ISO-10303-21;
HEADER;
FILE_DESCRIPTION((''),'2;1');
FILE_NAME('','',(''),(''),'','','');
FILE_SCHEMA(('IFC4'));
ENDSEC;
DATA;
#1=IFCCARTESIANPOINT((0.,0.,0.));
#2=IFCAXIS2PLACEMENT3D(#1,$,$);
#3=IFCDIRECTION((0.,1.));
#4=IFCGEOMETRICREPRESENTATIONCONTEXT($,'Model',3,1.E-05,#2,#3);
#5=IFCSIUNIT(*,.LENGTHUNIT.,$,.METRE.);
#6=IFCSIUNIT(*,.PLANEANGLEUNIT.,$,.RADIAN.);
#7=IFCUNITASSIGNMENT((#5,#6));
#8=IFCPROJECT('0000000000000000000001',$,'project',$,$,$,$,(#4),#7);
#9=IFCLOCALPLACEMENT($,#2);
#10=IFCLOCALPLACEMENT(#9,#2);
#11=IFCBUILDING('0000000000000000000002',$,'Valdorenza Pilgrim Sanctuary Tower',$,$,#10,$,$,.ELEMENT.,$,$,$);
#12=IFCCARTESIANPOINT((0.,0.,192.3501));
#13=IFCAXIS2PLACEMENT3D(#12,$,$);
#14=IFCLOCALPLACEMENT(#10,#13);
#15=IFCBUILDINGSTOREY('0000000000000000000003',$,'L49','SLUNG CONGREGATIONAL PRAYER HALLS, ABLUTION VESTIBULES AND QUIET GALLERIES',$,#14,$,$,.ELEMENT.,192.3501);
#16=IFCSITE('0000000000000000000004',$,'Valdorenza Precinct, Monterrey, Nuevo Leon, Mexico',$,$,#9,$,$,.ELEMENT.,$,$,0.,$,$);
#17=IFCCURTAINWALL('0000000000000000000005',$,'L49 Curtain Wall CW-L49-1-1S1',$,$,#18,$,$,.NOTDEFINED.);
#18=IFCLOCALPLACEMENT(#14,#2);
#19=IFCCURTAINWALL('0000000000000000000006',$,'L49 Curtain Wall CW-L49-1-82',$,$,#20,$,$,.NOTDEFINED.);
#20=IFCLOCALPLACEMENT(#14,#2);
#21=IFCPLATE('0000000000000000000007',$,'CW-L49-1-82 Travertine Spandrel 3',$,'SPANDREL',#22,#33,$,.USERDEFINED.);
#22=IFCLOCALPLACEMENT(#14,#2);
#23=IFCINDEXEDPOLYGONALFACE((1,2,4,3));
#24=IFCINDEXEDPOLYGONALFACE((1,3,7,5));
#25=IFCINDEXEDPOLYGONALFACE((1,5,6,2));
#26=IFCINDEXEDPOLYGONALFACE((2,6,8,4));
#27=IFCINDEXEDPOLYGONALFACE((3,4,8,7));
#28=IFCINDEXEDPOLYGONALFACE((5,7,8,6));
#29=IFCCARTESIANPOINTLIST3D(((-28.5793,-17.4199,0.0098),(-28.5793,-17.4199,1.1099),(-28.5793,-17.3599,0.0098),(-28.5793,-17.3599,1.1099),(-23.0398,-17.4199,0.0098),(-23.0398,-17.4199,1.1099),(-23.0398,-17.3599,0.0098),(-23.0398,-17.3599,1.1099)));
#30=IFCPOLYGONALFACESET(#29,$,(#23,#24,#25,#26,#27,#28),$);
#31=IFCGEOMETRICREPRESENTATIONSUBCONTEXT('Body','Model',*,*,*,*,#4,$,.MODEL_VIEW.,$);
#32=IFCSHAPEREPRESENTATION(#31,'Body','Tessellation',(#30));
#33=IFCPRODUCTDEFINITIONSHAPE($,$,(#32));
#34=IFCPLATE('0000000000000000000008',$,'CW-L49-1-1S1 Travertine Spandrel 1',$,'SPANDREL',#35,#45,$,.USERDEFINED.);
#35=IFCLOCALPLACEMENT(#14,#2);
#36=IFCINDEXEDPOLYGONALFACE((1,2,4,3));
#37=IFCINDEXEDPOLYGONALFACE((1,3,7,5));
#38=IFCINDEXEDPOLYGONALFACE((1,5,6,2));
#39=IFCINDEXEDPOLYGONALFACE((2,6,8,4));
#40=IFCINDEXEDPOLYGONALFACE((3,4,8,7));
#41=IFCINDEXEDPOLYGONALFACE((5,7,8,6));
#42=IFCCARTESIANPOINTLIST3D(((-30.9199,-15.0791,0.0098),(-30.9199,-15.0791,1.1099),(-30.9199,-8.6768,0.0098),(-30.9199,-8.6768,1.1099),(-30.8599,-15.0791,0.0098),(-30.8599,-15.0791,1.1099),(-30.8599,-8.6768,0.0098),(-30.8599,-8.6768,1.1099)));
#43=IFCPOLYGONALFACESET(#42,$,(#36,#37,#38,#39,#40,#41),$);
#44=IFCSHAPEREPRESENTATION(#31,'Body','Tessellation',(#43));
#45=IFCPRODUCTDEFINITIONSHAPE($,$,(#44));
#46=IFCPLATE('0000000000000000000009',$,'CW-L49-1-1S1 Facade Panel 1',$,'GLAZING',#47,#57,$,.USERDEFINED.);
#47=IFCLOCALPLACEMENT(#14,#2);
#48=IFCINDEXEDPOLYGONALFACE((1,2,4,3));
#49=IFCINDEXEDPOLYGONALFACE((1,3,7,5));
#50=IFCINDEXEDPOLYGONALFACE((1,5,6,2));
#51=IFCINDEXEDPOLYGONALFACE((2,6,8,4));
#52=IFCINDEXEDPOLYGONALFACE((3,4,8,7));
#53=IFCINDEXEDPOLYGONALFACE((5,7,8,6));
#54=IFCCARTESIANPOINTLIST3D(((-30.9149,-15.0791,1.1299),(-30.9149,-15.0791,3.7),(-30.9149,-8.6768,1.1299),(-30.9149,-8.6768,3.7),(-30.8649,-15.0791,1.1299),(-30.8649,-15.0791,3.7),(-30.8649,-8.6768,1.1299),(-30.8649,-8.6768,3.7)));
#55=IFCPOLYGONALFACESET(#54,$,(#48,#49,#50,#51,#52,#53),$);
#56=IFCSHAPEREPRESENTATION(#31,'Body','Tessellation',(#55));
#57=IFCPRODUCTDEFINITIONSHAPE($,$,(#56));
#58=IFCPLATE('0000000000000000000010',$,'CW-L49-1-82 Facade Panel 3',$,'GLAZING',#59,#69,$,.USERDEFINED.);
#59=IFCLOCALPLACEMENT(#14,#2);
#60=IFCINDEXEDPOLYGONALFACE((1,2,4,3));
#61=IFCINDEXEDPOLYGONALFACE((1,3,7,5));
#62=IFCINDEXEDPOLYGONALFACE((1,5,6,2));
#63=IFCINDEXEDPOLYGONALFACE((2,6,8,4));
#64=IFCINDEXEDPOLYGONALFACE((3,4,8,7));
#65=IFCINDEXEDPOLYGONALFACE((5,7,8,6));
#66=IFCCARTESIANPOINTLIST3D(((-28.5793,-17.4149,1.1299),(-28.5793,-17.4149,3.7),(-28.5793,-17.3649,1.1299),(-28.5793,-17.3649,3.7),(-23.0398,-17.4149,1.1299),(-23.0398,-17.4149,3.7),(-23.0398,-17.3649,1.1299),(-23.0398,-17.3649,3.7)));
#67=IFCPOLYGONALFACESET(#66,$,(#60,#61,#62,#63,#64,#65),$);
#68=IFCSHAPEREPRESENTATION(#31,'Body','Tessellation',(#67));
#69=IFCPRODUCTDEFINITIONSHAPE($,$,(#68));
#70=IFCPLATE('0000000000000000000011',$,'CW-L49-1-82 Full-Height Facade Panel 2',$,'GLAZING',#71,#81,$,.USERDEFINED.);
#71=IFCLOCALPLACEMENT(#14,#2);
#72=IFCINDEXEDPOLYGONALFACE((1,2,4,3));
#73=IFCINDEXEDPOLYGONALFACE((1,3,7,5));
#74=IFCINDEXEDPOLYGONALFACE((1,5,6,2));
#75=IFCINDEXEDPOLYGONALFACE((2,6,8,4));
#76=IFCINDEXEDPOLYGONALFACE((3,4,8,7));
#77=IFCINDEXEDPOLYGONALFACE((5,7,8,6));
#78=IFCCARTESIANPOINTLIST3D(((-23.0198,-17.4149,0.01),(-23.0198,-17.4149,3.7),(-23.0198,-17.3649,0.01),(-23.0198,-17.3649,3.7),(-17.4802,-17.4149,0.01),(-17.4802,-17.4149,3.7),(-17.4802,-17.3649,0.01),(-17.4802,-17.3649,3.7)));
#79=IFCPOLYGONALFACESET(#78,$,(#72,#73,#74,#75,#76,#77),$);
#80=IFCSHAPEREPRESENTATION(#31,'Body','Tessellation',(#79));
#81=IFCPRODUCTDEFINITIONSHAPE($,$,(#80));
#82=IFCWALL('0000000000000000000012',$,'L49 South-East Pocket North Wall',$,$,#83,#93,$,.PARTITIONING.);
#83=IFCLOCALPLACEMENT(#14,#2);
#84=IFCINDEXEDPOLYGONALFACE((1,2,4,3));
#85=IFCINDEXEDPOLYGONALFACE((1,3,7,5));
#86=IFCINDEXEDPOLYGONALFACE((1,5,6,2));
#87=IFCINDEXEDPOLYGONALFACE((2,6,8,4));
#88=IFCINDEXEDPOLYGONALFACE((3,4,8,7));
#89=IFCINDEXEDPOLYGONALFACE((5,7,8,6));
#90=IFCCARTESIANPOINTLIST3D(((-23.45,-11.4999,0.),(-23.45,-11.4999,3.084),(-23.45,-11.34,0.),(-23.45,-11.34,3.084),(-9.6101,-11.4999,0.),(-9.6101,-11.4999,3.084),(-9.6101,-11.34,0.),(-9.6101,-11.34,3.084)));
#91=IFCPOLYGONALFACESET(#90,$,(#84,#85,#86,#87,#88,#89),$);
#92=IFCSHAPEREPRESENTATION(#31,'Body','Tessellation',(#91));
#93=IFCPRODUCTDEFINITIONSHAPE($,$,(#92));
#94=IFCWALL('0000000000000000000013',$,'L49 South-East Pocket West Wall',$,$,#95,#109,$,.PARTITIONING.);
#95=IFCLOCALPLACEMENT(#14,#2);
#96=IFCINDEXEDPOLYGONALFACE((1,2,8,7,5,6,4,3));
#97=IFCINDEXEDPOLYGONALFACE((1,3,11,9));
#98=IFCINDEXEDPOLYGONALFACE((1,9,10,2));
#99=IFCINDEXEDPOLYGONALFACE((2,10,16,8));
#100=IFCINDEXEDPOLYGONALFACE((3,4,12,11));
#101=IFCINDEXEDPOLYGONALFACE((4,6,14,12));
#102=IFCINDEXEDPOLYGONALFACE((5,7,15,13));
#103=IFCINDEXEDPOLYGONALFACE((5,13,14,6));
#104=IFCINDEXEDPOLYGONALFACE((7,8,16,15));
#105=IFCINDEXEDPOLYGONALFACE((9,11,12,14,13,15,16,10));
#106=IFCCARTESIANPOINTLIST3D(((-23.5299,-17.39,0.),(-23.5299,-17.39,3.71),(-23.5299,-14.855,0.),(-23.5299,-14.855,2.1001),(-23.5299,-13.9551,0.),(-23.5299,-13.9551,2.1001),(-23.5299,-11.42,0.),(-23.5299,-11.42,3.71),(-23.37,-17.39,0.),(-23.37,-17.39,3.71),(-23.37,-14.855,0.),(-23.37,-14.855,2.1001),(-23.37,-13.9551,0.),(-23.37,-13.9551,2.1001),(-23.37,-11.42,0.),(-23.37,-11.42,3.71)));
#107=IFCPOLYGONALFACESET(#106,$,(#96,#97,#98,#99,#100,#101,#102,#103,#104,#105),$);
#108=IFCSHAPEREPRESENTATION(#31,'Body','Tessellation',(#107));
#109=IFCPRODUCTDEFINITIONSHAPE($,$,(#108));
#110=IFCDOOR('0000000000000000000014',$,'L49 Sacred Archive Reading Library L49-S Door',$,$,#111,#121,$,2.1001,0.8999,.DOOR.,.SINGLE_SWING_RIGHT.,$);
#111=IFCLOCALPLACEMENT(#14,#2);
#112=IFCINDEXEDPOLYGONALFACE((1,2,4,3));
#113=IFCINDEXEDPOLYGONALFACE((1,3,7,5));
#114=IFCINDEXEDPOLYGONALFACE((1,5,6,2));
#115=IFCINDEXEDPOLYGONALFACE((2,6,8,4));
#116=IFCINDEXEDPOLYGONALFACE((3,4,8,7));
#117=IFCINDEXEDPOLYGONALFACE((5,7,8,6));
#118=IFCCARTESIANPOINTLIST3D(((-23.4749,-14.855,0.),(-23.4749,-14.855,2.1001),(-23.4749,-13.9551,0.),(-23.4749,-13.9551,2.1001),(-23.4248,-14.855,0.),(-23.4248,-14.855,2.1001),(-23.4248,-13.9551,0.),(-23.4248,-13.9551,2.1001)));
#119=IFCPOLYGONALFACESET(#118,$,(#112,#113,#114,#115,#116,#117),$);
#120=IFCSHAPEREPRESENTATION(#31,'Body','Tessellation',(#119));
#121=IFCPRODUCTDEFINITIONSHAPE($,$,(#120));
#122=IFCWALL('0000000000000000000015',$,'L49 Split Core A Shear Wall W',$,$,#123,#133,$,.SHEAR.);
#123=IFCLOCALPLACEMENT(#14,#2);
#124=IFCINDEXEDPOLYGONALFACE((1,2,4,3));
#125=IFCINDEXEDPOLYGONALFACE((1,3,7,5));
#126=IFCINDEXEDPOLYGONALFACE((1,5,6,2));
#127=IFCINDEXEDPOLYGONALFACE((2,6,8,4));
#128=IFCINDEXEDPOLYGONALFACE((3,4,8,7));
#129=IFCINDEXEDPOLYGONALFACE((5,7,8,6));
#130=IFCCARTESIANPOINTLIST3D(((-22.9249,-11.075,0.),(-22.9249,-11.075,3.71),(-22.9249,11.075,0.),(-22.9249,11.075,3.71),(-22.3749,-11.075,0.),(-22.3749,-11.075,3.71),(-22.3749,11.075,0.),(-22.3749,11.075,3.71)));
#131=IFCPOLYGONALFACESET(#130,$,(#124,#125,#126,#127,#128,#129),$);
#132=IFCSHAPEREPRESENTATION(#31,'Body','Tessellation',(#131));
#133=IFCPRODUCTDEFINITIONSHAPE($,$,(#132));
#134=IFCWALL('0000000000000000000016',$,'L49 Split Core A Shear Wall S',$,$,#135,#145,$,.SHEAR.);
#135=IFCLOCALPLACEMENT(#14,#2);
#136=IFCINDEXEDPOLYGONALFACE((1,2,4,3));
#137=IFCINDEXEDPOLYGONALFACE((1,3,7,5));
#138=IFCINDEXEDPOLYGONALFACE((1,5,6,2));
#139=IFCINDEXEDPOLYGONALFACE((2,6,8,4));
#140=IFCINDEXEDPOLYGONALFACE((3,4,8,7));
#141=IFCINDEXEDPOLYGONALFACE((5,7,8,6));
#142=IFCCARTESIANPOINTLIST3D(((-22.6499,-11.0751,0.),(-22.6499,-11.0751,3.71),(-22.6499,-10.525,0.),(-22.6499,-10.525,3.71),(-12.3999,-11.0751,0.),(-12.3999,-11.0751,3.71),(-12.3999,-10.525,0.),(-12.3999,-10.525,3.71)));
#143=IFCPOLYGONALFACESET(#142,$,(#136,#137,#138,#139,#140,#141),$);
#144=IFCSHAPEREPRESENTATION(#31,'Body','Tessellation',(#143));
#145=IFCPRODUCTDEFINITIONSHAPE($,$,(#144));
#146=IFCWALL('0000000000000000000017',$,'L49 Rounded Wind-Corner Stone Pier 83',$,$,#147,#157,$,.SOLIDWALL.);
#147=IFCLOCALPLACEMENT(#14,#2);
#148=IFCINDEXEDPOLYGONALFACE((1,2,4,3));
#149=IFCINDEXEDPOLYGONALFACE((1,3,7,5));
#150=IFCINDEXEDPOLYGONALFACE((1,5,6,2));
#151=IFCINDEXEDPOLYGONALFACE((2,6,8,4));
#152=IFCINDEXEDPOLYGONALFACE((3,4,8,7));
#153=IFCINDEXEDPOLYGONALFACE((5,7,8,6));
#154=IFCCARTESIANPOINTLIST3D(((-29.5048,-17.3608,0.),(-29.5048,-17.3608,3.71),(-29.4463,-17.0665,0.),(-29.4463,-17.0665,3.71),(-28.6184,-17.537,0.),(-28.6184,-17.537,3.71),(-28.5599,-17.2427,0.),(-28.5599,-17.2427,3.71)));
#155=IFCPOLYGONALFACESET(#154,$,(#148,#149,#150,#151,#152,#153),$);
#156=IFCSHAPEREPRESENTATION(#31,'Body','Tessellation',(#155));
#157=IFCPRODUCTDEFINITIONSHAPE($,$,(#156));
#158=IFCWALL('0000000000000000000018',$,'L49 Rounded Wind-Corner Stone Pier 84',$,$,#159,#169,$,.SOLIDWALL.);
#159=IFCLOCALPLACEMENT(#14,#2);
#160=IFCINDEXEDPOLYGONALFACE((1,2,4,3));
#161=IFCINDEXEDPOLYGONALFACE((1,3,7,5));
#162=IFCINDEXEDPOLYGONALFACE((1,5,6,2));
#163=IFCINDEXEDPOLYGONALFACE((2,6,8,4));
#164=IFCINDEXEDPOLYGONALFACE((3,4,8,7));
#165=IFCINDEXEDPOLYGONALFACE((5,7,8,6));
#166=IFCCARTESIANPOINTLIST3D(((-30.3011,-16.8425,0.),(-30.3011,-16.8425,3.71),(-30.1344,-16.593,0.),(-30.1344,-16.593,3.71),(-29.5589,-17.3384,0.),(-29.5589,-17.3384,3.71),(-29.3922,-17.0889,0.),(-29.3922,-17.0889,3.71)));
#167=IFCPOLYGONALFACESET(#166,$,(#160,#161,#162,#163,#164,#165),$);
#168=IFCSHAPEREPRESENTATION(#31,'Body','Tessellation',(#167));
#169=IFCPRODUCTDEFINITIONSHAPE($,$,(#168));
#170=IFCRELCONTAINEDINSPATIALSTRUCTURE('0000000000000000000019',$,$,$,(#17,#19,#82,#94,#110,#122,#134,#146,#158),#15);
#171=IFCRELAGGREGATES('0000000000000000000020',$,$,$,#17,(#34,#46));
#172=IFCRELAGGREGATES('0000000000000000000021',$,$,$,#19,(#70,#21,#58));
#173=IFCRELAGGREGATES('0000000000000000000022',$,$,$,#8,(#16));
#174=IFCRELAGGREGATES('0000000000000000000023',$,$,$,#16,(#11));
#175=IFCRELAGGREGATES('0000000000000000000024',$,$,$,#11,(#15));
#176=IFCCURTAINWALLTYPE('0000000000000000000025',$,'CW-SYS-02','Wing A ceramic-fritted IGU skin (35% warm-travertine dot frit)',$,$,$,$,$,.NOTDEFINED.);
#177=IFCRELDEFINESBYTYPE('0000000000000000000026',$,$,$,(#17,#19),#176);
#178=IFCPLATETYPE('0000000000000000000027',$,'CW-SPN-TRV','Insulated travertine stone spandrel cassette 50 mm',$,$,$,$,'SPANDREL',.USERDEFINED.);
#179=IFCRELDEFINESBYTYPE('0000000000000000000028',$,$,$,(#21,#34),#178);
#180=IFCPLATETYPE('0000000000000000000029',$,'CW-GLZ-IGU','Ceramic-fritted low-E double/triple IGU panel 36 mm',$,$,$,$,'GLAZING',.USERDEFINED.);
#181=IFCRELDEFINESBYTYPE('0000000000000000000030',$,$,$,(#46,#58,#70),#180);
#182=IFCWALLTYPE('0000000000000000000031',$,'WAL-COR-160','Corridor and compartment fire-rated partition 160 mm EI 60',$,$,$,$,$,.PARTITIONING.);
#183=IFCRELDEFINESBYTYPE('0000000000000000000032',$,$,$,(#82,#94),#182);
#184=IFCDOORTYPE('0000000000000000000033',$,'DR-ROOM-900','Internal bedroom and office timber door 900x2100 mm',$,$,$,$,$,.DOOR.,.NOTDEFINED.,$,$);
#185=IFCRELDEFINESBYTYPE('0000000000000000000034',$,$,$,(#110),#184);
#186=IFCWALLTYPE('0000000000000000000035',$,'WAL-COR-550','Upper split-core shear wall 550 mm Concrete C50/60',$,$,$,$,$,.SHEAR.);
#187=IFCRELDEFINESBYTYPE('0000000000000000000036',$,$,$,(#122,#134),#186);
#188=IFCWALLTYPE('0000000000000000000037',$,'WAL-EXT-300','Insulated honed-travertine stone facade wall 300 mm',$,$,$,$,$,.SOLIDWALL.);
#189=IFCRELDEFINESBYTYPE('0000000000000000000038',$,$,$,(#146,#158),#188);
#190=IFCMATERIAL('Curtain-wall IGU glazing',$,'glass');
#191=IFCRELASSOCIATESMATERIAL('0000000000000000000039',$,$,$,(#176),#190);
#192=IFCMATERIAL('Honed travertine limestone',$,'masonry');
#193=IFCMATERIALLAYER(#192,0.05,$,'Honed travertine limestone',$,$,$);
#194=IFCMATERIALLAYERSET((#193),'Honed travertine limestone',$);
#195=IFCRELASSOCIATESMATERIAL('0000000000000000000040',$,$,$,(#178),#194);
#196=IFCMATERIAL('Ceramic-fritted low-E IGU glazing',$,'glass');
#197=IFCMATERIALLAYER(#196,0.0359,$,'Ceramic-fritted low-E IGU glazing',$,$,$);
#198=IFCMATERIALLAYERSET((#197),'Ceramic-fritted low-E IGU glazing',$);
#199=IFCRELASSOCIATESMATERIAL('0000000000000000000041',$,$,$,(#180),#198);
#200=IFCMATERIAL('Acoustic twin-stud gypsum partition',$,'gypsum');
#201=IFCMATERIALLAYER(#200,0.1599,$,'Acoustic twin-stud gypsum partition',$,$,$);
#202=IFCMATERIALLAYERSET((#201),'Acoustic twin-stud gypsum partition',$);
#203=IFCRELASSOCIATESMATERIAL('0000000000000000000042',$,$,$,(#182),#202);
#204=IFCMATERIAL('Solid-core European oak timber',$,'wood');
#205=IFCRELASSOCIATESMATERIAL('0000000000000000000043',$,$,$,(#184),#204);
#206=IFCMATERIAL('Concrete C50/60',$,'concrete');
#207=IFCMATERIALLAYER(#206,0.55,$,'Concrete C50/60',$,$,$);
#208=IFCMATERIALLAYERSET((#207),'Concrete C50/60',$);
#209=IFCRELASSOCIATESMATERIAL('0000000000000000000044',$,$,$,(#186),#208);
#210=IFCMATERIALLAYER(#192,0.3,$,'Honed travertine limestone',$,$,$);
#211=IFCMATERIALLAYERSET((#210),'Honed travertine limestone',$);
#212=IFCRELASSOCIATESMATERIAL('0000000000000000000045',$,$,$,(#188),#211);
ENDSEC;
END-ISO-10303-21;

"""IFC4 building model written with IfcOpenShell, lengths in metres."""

from ifc_helpers import new_model, si_unit, direction, frame, frame_2d, origin, origin_2d, place, context, subcontext, project, spatial, rectangle, extrude, source, transform, mapped, material, layer, layer_set, type_object, element, fill, aggregate, save


model = new_model("IFC4")

# Units and contexts
model_context = context("Model", 3, precision=1e-05, world=origin(), true_north=direction((0.0, 1.0)))
body_context = subcontext(model_context, "Body", "Model", "MODEL_VIEW")
ifc_project = project(units=[si_unit("LENGTHUNIT", "METRE"), si_unit("PLANEANGLEUNIT", "RADIAN")], contexts=[model_context])

# Site, building, storey
site_placement = place(None, origin())
site = spatial("IfcSite", under=ifc_project, at=site_placement, Name="Valdorenza Precinct, Monterrey, Nuevo Leon, Mexico", CompositionType="ELEMENT", RefElevation=0.0)
building_placement = place(site_placement, origin())
building = spatial("IfcBuilding", under=site, at=building_placement, Name="Valdorenza Pilgrim Sanctuary Tower", CompositionType="ELEMENT")
storey_placement = place(building_placement, frame((0.0, 0.0, 192.3501)))
storey = spatial("IfcBuildingStorey", under=building, at=storey_placement, Name="L49", Description="SLUNG CONGREGATIONAL PRAYER HALLS, ABLUTION VESTIBULES AND QUIET GALLERIES", CompositionType="ELEMENT", Elevation=192.3501)

# Shared definitions
ifc_material_1 = material(Name="Concrete C50/60", Category="concrete")

# Curtain wall
ifc_material_2 = material(Name="Curtain-wall IGU glazing", Category="glass")
curtain_wall_type = type_object("IfcCurtainWallType", Name="CW-SYS-02", Description="Wing A ceramic-fritted IGU skin (35% warm-travertine dot frit)", PredefinedType="NOTDEFINED", material=ifc_material_2)
curtain_wall_1_placement = place(storey_placement, origin())
curtain_wall_1 = element("IfcCurtainWall", 1, at=curtain_wall_1_placement, inside=storey, type_object=curtain_wall_type, Name="L49 Curtain Wall CW-L49-1-1S1", PredefinedType="NOTDEFINED")

# Curtain wall, plate
curtain_wall_2_placement = place(storey_placement, origin())
curtain_wall_2 = element("IfcCurtainWall", 2, at=curtain_wall_2_placement, inside=storey, type_object=curtain_wall_type, Name="L49 Curtain Wall CW-L49-1-82", PredefinedType="NOTDEFINED")
ifc_material_3 = material(Name="Honed travertine limestone", Category="masonry")
ifc_layer_1 = layer(ifc_material_3, 0.05, Name="Honed travertine limestone")
ifc_layer_set_1 = layer_set([ifc_layer_1], Name="Honed travertine limestone")
plate_type_1 = type_object("IfcPlateType", Name="CW-SPN-TRV", Description="Insulated travertine stone spandrel cassette 50 mm", ElementType="SPANDREL", PredefinedType="USERDEFINED", material=ifc_layer_set_1)
shared_shape_1 = source(origin(), body_context, "Body", "SweptSolid", [
    extrude(rectangle(XDim=5.5396, YDim=0.0601, at=origin_2d()), origin(), (0.0, 0.0, 1.0), 1.1001),
])
plate_1_placement = place(storey_placement, frame((-25.8096, -17.3899, 0.0098), z_axis=(0.0, 0.0, 1.0), x_axis=(-1.0, 0.0, 0.0)))
plate_1 = element("IfcPlate", 3, at=plate_1_placement, type_object=plate_type_1, Name="CW-L49-1-82 Travertine Spandrel 3", ObjectType="SPANDREL", PredefinedType="USERDEFINED", context=body_context, shape_type="MappedRepresentation", body=[
    mapped(shared_shape_1, transform((0.0, 0.0, 0.0), x_axis=(1.0, 0.0, 0.0), y_axis=(0.0, 1.0, 0.0), z_axis=(0.0, 0.0, 1.0), scale=1.0)),
])

# Plates
shared_shape_2 = source(origin(), body_context, "Body", "SweptSolid", [
    extrude(rectangle(XDim=6.4023, YDim=0.0601, at=origin_2d()), origin(), (0.0, 0.0, 1.0), 1.1001),
])
plate_2_placement = place(storey_placement, frame((-30.8899, -11.8779, 0.0098), z_axis=(0.0, 0.0, 1.0), x_axis=(0.0, 1.0, 0.0)))
plate_2 = element("IfcPlate", 4, at=plate_2_placement, type_object=plate_type_1, Name="CW-L49-1-1S1 Travertine Spandrel 1", ObjectType="SPANDREL", PredefinedType="USERDEFINED", context=body_context, shape_type="MappedRepresentation", body=[
    mapped(shared_shape_2, transform((0.0, 0.0, 0.0), x_axis=(1.0, 0.0, 0.0), y_axis=(0.0, 1.0, 0.0), z_axis=(0.0, 0.0, 1.0), scale=1.0)),
])
ifc_material_4 = material(Name="Ceramic-fritted low-E IGU glazing", Category="glass")
ifc_layer_2 = layer(ifc_material_4, 0.0359, Name="Ceramic-fritted low-E IGU glazing")
ifc_layer_set_2 = layer_set([ifc_layer_2], Name="Ceramic-fritted low-E IGU glazing")
plate_type_2 = type_object("IfcPlateType", Name="CW-GLZ-IGU", Description="Ceramic-fritted low-E double/triple IGU panel 36 mm", ElementType="GLAZING", PredefinedType="USERDEFINED", material=ifc_layer_set_2)
shared_shape_3 = source(origin(), body_context, "Body", "SweptSolid", [
    extrude(rectangle(XDim=6.4023, YDim=0.05, at=origin_2d()), origin(), (0.0, 0.0, 1.0), 2.5701),
])
plate_3_placement = place(storey_placement, frame((-30.8899, -11.8779, 1.1299), z_axis=(0.0, 0.0, 1.0), x_axis=(0.0, 1.0, 0.0)))
plate_3 = element("IfcPlate", 5, at=plate_3_placement, type_object=plate_type_2, Name="CW-L49-1-1S1 Facade Panel 1", ObjectType="GLAZING", PredefinedType="USERDEFINED", context=body_context, shape_type="MappedRepresentation", body=[
    mapped(shared_shape_3, transform((0.0, 0.0, 0.0), x_axis=(1.0, 0.0, 0.0), y_axis=(0.0, 1.0, 0.0), z_axis=(0.0, 0.0, 1.0), scale=1.0)),
])
aggregate(curtain_wall_1, [plate_2, plate_3])
shared_shape_4 = source(origin(), body_context, "Body", "SweptSolid", [
    extrude(rectangle(XDim=5.5396, YDim=0.05, at=origin_2d()), origin(), (0.0, 0.0, 1.0), 2.5701),
])
plate_4_placement = place(storey_placement, frame((-25.8096, -17.3899, 1.1299), z_axis=(0.0, 0.0, 1.0), x_axis=(-1.0, 0.0, 0.0)))
plate_4 = element("IfcPlate", 6, at=plate_4_placement, type_object=plate_type_2, Name="CW-L49-1-82 Facade Panel 3", ObjectType="GLAZING", PredefinedType="USERDEFINED", context=body_context, shape_type="MappedRepresentation", body=[
    mapped(shared_shape_4, transform((0.0, 0.0, 0.0), x_axis=(1.0, 0.0, 0.0), y_axis=(0.0, 1.0, 0.0), z_axis=(0.0, 0.0, 1.0), scale=1.0)),
])
shared_shape_5 = source(origin(), body_context, "Body", "SweptSolid", [
    extrude(rectangle(XDim=5.5396, YDim=0.05, at=origin_2d()), origin(), (0.0, 0.0, 1.0), 3.6899),
])
plate_5_placement = place(storey_placement, frame((-20.25, -17.3899, 0.01), z_axis=(0.0, 0.0, 1.0), x_axis=(-1.0, 0.0, 0.0)))
plate_5 = element("IfcPlate", 7, at=plate_5_placement, type_object=plate_type_2, Name="CW-L49-1-82 Full-Height Facade Panel 2", ObjectType="GLAZING", PredefinedType="USERDEFINED", context=body_context, shape_type="MappedRepresentation", body=[
    mapped(shared_shape_5, transform((0.0, 0.0, 0.0), x_axis=(1.0, 0.0, 0.0), y_axis=(0.0, 1.0, 0.0), z_axis=(0.0, 0.0, 1.0), scale=1.0)),
])
aggregate(curtain_wall_2, [plate_5, plate_1, plate_4])

# Wall
ifc_material_5 = material(Name="Acoustic twin-stud gypsum partition", Category="gypsum")
ifc_layer_3 = layer(ifc_material_5, 0.1599, Name="Acoustic twin-stud gypsum partition")
ifc_layer_set_3 = layer_set([ifc_layer_3], Name="Acoustic twin-stud gypsum partition")
wall_type_1 = type_object("IfcWallType", Name="WAL-COR-160", Description="Corridor and compartment fire-rated partition 160 mm EI 60", PredefinedType="PARTITIONING", material=ifc_layer_set_3)
wall_1_placement = place(storey_placement, frame((-23.45, -11.4199, 0.0), z_axis=(0.0, 0.0, 1.0), x_axis=(1.0, 0.0, 0.0)))
element("IfcWall", 8, at=wall_1_placement, inside=storey, type_object=wall_type_1, Name="L49 South-East Pocket North Wall", PredefinedType="PARTITIONING", context=body_context, shape_type="SweptSolid", body=[
    extrude(rectangle(XDim=13.8398, YDim=0.1599, at=frame_2d((6.9199, 0.0))), origin(), (0.0, 0.0, 1.0), 3.084),
])

# Wall, opening, door
wall_2_placement = place(storey_placement, frame((-23.45, -17.3899, 0.0), z_axis=(0.0, 0.0, 1.0), x_axis=(0.0, 1.0, 0.0)))
wall_2 = element("IfcWall", 9, at=wall_2_placement, inside=storey, type_object=wall_type_1, Name="L49 South-East Pocket West Wall", PredefinedType="PARTITIONING", context=body_context, shape_type="SweptSolid", body=[
    extrude(rectangle(XDim=5.97, YDim=0.1599, at=frame_2d((2.9849, 0.0))), origin(), (0.0, 0.0, 1.0), 3.71),
])
opening_placement = place(wall_2_placement, frame((2.5349, 0.0, 0.0)))
opening = element("IfcOpeningElement", 10, at=opening_placement, cuts=wall_2, PredefinedType="OPENING", context=body_context, shape_type="SweptSolid", body=[
    extrude(rectangle(XDim=0.8999, YDim=2.1001, at=frame_2d((0.45, 1.05))), frame((0.0, 0.0947, 0.0), z_axis=(0.0, -1.0, 0.0), x_axis=(1.0, 0.0, 0.0)), (0.0, 0.0, 1.0), 0.1897),
])
ifc_material_6 = material(Name="Solid-core European oak timber", Category="wood")
door_type = type_object("IfcDoorType", Name="DR-ROOM-900", Description="Internal bedroom and office timber door 900x2100 mm", OperationType="NOTDEFINED", PredefinedType="DOOR", material=ifc_material_6)
door_placement = place(opening_placement, origin())
door = element("IfcDoor", 11, at=door_placement, inside=storey, type_object=door_type, Name="L49 Sacred Archive Reading Library L49-S Door", OperationType="SINGLE_SWING_RIGHT", OverallHeight=2.1001, OverallWidth=0.8999, PredefinedType="DOOR", context=body_context, shape_type="SweptSolid", body=[
    extrude(rectangle(XDim=0.8999, YDim=2.1001, at=frame_2d((0.45, 1.05))), frame((0.0, 0.0249, 0.0), z_axis=(0.0, -1.0, 0.0), x_axis=(1.0, 0.0, 0.0)), (0.0, 0.0, 1.0), 0.05),
])
fill(opening, door)

# Walls
ifc_layer_4 = layer(ifc_material_1, 0.55, Name="Concrete C50/60")
ifc_layer_set_4 = layer_set([ifc_layer_4], Name="Concrete C50/60")
wall_type_2 = type_object("IfcWallType", Name="WAL-COR-550", Description="Upper split-core shear wall 550 mm Concrete C50/60", PredefinedType="SHEAR", material=ifc_layer_set_4)
wall_3_placement = place(storey_placement, frame((-22.6499, -11.075, 0.0), z_axis=(0.0, 0.0, 1.0), x_axis=(0.0, 1.0, 0.0)))
element("IfcWall", 12, at=wall_3_placement, inside=storey, type_object=wall_type_2, Name="L49 Split Core A Shear Wall W", PredefinedType="SHEAR", context=body_context, shape_type="SweptSolid", body=[
    extrude(rectangle(XDim=22.1499, YDim=0.55, at=frame_2d((11.075, 0.0))), origin(), (0.0, 0.0, 1.0), 3.71),
])
wall_4_placement = place(storey_placement, frame((-22.6499, -10.8, 0.0), z_axis=(0.0, 0.0, 1.0), x_axis=(1.0, 0.0, 0.0)))
element("IfcWall", 13, at=wall_4_placement, inside=storey, type_object=wall_type_2, Name="L49 Split Core A Shear Wall S", PredefinedType="SHEAR", context=body_context, shape_type="SweptSolid", body=[
    extrude(rectangle(XDim=10.25, YDim=0.55, at=frame_2d((5.125, 0.0))), origin(), (0.0, 0.0, 1.0), 3.71),
])
ifc_layer_5 = layer(ifc_material_3, 0.3, Name="Honed travertine limestone")
ifc_layer_set_5 = layer_set([ifc_layer_5], Name="Honed travertine limestone")
wall_type_3 = type_object("IfcWallType", Name="WAL-EXT-300", Description="Insulated honed-travertine stone facade wall 300 mm", PredefinedType="SOLIDWALL", material=ifc_layer_set_5)
wall_5_placement = place(storey_placement, frame((-28.5891, -17.3899, 0.0), z_axis=(0.0, 0.0, 1.0), x_axis=(-0.980798, 0.195025, 0.0)))
element("IfcWall", 14, at=wall_5_placement, inside=storey, type_object=wall_type_3, Name="L49 Rounded Wind-Corner Stone Pier 83", PredefinedType="SOLIDWALL", context=body_context, shape_type="SweptSolid", body=[
    extrude(rectangle(XDim=0.9038, YDim=0.3, at=frame_2d((0.4519, 0.0))), origin(), (0.0, 0.0, 1.0), 3.71),
])
for number, where, z_axis, x_axis, name in (
    (15, (-29.4756, -17.2136, 0.0), (0.0, 0.0, 1.0), (-0.831503, 0.55552, 0.0), "L49 Rounded Wind-Corner Stone Pier 84"),
):
    element("IfcWall", number, at=place(storey_placement, frame(where, z_axis=z_axis, x_axis=x_axis)), inside=storey, type_object=wall_type_3, Name=name, PredefinedType="SOLIDWALL", context=body_context, shape_type="SweptSolid", body=[
        extrude(rectangle(XDim=0.8926, YDim=0.3, at=frame_2d((0.4463, 0.0))), origin(), (0.0, 0.0, 1.0), 3.71),
    ])

save(model, "model.ifc")
